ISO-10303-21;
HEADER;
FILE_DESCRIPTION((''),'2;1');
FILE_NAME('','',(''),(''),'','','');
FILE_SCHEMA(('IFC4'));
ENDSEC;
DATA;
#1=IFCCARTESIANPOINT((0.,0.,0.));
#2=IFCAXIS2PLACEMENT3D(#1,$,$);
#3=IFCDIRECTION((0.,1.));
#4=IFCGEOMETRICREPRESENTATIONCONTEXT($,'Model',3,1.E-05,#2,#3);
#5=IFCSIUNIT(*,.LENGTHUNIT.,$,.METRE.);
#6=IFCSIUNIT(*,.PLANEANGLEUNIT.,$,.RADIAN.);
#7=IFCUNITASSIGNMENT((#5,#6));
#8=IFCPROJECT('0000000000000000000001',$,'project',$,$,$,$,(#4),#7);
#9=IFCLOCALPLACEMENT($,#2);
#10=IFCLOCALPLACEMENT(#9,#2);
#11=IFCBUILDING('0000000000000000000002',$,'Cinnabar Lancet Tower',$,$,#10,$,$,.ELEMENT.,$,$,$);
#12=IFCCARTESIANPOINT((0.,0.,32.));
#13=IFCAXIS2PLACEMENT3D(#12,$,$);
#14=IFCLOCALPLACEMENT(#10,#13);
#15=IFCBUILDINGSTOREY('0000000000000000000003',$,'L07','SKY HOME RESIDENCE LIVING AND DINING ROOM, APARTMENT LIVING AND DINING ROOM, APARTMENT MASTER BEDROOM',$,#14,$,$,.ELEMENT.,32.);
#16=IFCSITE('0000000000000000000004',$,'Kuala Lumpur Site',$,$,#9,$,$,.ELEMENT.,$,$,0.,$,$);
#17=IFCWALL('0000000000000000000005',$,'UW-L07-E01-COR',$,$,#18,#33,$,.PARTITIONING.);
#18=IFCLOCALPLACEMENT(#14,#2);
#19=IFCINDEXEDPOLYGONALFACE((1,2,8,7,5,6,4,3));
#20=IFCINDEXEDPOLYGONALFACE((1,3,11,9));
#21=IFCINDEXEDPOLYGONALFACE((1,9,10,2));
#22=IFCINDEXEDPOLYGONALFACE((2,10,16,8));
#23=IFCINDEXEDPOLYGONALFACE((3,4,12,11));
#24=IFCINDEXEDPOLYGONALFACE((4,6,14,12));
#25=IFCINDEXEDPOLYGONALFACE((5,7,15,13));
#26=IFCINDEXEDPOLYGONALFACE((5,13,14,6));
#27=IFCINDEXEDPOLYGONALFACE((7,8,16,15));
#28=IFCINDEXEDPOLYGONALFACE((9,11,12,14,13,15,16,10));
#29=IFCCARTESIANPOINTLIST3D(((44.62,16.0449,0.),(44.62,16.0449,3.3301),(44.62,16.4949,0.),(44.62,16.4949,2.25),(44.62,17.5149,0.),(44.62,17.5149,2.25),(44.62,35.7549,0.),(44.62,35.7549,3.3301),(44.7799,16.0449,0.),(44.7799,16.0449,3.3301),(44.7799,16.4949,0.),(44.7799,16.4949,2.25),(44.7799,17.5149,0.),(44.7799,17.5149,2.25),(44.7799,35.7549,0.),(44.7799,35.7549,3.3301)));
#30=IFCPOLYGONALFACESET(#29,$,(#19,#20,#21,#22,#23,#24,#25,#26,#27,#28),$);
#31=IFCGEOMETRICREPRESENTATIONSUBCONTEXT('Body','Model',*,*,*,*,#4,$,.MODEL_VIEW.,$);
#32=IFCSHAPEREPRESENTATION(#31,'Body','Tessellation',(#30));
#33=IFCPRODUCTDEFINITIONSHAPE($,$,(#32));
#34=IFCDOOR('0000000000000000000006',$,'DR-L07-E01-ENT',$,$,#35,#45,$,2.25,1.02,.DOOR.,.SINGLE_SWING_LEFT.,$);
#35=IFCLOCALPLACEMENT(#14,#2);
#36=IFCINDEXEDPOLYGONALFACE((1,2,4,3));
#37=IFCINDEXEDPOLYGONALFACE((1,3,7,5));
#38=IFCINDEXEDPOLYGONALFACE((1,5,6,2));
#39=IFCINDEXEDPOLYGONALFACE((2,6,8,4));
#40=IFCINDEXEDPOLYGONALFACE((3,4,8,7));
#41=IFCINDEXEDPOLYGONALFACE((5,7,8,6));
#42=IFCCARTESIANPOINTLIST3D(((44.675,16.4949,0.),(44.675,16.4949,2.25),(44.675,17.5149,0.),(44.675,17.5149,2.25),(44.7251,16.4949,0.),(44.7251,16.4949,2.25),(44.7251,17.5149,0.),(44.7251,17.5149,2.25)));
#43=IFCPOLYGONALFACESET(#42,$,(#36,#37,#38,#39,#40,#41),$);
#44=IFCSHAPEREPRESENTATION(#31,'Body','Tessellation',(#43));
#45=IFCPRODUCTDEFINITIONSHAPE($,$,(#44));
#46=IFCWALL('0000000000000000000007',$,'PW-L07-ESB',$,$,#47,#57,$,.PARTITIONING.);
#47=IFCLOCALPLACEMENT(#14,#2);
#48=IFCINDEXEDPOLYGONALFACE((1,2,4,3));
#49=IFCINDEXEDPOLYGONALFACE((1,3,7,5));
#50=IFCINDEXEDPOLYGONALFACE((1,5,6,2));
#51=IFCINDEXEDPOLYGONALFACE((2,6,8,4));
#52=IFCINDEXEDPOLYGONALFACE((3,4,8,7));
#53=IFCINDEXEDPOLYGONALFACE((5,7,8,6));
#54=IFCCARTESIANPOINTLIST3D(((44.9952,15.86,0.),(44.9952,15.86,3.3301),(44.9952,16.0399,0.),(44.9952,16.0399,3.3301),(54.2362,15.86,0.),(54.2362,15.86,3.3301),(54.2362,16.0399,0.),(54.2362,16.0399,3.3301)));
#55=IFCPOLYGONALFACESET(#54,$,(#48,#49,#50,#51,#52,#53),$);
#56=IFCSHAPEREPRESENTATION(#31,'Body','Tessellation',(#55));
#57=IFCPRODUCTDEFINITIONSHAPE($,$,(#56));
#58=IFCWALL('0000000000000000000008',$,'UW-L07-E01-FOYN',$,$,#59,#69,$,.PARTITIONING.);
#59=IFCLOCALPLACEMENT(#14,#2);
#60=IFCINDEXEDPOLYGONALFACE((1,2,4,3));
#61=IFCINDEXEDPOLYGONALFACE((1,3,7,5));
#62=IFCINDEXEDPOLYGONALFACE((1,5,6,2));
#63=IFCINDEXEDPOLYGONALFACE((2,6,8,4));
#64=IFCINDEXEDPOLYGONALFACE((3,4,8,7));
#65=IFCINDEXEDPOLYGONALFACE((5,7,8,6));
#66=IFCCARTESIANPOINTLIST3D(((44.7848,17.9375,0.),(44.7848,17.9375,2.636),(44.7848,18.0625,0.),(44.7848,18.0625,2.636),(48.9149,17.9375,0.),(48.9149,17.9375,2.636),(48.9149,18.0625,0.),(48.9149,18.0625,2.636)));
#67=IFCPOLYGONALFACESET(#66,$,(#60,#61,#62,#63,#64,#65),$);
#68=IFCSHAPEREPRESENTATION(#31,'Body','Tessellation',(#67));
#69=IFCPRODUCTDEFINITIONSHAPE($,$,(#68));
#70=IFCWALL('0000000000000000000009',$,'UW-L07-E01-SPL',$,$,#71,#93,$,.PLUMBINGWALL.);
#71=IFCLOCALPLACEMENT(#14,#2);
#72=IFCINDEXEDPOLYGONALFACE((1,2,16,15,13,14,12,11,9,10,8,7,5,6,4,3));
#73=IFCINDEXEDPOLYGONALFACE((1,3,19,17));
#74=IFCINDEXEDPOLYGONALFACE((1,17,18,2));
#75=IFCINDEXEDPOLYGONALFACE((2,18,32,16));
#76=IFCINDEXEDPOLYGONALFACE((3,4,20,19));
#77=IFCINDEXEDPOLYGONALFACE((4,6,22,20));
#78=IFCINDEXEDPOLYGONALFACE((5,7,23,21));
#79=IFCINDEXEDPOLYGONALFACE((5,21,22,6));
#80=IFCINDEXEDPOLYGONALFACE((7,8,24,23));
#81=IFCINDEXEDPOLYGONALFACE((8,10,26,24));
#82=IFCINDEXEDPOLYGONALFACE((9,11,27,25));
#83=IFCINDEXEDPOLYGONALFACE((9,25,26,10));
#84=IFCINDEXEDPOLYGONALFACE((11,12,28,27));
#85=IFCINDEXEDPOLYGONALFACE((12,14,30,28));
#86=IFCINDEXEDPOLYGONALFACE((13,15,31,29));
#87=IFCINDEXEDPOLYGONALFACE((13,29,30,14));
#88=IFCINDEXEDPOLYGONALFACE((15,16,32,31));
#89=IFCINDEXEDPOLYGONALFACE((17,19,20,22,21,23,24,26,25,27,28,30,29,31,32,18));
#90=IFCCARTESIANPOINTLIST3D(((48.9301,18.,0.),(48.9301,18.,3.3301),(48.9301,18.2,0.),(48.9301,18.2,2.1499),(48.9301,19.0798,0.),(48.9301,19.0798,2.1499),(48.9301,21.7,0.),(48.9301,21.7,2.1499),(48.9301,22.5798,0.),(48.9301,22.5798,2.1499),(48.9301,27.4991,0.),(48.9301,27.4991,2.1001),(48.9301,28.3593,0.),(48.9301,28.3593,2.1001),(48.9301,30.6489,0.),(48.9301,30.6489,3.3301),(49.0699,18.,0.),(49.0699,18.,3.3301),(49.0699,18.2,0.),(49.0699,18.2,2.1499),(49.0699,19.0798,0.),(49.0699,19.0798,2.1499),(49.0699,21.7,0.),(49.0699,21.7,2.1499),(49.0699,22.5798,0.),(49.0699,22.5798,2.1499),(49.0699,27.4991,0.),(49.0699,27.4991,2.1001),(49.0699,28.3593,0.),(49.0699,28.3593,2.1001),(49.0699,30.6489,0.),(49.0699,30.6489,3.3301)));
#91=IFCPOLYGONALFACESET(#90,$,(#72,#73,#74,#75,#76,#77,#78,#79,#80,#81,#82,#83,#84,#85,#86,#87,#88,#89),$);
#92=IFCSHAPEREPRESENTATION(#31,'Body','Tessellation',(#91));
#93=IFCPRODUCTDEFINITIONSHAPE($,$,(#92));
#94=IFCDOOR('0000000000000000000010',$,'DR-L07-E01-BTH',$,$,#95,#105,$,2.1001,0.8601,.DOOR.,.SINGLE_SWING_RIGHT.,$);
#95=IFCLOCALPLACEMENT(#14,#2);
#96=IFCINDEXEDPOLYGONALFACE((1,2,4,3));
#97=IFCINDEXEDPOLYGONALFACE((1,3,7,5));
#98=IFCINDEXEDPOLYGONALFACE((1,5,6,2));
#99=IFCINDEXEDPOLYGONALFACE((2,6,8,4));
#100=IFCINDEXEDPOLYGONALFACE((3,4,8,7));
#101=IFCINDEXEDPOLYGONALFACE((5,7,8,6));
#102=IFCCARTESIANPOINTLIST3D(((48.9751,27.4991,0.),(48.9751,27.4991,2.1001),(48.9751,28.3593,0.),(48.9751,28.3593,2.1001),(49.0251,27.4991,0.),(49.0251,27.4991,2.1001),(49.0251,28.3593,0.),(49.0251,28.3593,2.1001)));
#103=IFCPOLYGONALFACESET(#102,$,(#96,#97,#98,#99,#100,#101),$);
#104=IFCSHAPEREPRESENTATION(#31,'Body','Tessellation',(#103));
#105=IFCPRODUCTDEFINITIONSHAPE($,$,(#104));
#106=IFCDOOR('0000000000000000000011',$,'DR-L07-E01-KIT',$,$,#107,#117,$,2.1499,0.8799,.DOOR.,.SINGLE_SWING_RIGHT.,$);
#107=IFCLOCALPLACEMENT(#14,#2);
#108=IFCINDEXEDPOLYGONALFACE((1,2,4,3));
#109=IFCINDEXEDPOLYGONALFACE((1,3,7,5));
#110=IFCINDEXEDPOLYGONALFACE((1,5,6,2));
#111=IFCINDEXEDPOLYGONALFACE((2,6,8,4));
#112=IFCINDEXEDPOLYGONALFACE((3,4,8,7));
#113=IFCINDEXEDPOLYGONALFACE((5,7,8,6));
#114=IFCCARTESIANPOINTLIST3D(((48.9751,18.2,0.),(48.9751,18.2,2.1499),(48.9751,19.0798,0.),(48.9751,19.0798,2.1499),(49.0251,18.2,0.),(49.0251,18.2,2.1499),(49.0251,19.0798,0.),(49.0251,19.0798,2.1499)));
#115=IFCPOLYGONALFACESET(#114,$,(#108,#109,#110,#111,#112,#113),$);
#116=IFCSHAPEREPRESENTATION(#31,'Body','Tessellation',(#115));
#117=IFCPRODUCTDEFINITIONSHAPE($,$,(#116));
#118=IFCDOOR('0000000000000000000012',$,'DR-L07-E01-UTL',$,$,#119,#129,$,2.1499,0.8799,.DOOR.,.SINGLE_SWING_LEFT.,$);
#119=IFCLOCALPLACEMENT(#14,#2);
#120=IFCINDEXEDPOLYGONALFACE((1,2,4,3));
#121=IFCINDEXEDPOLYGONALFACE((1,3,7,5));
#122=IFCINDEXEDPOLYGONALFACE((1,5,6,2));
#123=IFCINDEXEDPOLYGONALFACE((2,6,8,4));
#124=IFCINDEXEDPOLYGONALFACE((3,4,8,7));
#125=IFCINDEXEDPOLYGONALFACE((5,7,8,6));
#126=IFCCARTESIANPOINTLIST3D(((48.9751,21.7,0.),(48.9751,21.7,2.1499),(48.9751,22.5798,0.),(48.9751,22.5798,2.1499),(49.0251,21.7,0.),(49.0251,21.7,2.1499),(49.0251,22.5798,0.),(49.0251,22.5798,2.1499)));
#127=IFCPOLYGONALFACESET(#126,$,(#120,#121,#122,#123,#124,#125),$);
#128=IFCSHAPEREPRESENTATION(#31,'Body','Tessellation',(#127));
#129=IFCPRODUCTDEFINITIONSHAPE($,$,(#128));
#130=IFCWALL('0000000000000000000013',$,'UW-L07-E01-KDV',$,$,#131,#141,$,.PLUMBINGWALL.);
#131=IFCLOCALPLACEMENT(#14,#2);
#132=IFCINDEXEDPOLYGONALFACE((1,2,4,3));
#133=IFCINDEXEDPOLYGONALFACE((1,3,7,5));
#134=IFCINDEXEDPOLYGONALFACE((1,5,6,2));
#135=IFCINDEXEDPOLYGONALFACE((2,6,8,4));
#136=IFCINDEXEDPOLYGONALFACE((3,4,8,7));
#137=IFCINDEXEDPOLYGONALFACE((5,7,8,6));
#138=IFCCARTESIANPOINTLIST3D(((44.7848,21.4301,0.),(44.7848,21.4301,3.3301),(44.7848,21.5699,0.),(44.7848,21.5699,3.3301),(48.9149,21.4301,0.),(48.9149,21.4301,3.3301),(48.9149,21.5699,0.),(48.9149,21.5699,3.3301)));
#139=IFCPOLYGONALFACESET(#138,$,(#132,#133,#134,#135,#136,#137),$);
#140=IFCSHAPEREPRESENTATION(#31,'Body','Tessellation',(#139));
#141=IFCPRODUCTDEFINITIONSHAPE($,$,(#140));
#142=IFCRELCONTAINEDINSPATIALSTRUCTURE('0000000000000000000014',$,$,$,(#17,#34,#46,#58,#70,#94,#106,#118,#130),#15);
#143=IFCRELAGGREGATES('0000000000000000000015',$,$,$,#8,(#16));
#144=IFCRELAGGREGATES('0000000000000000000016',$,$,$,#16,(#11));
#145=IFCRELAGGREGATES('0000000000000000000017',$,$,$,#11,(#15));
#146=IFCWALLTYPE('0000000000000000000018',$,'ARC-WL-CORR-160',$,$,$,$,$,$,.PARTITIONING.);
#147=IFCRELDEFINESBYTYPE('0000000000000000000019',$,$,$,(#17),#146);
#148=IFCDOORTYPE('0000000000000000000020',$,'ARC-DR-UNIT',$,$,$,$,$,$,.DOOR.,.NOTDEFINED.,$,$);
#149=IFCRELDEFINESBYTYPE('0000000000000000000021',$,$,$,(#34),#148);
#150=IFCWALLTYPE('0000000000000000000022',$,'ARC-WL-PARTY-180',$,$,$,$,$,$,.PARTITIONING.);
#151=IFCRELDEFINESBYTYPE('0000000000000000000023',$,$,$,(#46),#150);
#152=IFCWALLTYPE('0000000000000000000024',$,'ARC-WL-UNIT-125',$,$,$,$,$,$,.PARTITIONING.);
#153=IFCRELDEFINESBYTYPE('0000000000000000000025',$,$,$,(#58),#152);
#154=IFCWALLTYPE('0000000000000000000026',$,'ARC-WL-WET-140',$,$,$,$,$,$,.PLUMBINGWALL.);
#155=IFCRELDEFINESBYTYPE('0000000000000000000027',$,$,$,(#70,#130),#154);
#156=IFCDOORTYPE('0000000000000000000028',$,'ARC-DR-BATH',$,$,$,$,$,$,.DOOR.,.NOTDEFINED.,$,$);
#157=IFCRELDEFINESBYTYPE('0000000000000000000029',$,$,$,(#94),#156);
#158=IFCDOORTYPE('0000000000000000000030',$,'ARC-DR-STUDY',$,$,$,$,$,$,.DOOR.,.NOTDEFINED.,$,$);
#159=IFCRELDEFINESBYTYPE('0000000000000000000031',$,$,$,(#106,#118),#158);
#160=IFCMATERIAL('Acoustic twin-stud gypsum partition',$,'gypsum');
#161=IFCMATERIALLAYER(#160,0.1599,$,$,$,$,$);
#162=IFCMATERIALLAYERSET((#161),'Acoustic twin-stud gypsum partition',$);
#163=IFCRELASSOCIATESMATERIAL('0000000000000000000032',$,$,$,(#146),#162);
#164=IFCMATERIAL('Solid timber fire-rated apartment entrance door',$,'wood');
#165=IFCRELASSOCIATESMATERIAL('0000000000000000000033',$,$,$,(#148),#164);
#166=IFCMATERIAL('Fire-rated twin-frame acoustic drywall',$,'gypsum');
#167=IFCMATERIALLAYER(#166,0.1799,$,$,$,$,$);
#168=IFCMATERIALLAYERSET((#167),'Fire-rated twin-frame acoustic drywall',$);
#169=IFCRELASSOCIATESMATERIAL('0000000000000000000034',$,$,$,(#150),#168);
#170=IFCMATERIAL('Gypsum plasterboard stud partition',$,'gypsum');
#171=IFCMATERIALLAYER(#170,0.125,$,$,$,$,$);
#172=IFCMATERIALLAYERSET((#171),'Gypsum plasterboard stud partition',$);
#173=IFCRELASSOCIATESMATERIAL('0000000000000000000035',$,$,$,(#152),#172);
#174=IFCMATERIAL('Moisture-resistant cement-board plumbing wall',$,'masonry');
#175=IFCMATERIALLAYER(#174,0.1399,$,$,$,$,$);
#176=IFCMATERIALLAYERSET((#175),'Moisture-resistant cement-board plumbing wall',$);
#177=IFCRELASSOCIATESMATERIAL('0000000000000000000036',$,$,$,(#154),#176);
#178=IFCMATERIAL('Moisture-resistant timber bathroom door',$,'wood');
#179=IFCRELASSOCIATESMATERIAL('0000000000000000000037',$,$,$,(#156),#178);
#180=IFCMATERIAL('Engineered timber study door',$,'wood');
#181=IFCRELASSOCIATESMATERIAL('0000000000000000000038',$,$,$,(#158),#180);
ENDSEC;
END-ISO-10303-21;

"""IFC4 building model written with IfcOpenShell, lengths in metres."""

from ifc_helpers import new_model, si_unit, direction, frame, frame_2d, origin, place, context, subcontext, project, spatial, rectangle, extrude, material, layer, layer_set, type_object, element, fill, save


model = new_model("IFC4")

# Units and contexts
model_context = context("Model", 3, precision=1e-05, world=origin(), true_north=direction((0.0, 1.0)))
body_context = subcontext(model_context, "Body", "Model", "MODEL_VIEW")
ifc_project = project(units=[si_unit("LENGTHUNIT", "METRE"), si_unit("PLANEANGLEUNIT", "RADIAN")], contexts=[model_context])

# Site, building, storey
site_placement = place(None, origin())
site = spatial("IfcSite", under=ifc_project, at=site_placement, Name="Kuala Lumpur Site", CompositionType="ELEMENT", RefElevation=0.0)
building_placement = place(site_placement, origin())
building = spatial("IfcBuilding", under=site, at=building_placement, Name="Cinnabar Lancet Tower", CompositionType="ELEMENT")
storey_placement = place(building_placement, frame((0.0, 0.0, 32.0)))
storey = spatial("IfcBuildingStorey", under=building, at=storey_placement, Name="L07", Description="SKY HOME RESIDENCE LIVING AND DINING ROOM, APARTMENT LIVING AND DINING ROOM, APARTMENT MASTER BEDROOM", CompositionType="ELEMENT", Elevation=32.0)

# Wall, opening, door
ifc_material_1 = material(Name="Acoustic twin-stud gypsum partition", Category="gypsum")
ifc_layer_1 = layer(ifc_material_1, 0.1599)
ifc_layer_set_1 = layer_set([ifc_layer_1], Name="Acoustic twin-stud gypsum partition")
wall_type_1 = type_object("IfcWallType", Name="ARC-WL-CORR-160", PredefinedType="PARTITIONING", material=ifc_layer_set_1)
wall_1_placement = place(storey_placement, frame((44.7, 16.0449, 0.0), z_axis=(0.0, 0.0, 1.0), x_axis=(0.0, 1.0, 0.0)))
wall_1 = element("IfcWall", 1, at=wall_1_placement, inside=storey, type_object=wall_type_1, Name="UW-L07-E01-COR", PredefinedType="PARTITIONING", context=body_context, shape_type="SweptSolid", body=[
    extrude(rectangle(XDim=19.71, YDim=0.1599, at=frame_2d((9.855, 0.0))), origin(), (0.0, 0.0, 1.0), 3.3301),
])
opening_1_placement = place(wall_1_placement, frame((0.45, 0.0, 0.0)))
opening_1 = element("IfcOpeningElement", 2, at=opening_1_placement, cuts=wall_1, PredefinedType="OPENING", context=body_context, shape_type="SweptSolid", body=[
    extrude(rectangle(XDim=1.02, YDim=2.25, at=frame_2d((0.51, 1.125))), frame((0.0, 0.0898, 0.0), z_axis=(0.0, -1.0, 0.0), x_axis=(1.0, 0.0, 0.0)), (0.0, 0.0, 1.0), 0.1799),
])
ifc_material_2 = material(Name="Solid timber fire-rated apartment entrance door", Category="wood")
door_type_1 = type_object("IfcDoorType", Name="ARC-DR-UNIT", OperationType="NOTDEFINED", PredefinedType="DOOR", material=ifc_material_2)
door_1_placement = place(opening_1_placement, origin())
door_1 = element("IfcDoor", 3, at=door_1_placement, inside=storey, type_object=door_type_1, Name="DR-L07-E01-ENT", OperationType="SINGLE_SWING_LEFT", OverallHeight=2.25, OverallWidth=1.02, PredefinedType="DOOR", context=body_context, shape_type="SweptSolid", body=[
    extrude(rectangle(XDim=1.02, YDim=2.25, at=frame_2d((0.51, 1.125))), frame((0.0, 0.0249, 0.0), z_axis=(0.0, -1.0, 0.0), x_axis=(1.0, 0.0, 0.0)), (0.0, 0.0, 1.0), 0.05),
])
fill(opening_1, door_1)

# Walls
ifc_material_3 = material(Name="Fire-rated twin-frame acoustic drywall", Category="gypsum")
ifc_layer_2 = layer(ifc_material_3, 0.1799)
ifc_layer_set_2 = layer_set([ifc_layer_2], Name="Fire-rated twin-frame acoustic drywall")
wall_type_2 = type_object("IfcWallType", Name="ARC-WL-PARTY-180", PredefinedType="PARTITIONING", material=ifc_layer_set_2)
wall_2_placement = place(storey_placement, frame((44.9951, 15.95, 0.0), z_axis=(0.0, 0.0, 1.0), x_axis=(1.0, 0.0, 0.0)))
element("IfcWall", 4, at=wall_2_placement, inside=storey, type_object=wall_type_2, Name="PW-L07-ESB", PredefinedType="PARTITIONING", context=body_context, shape_type="SweptSolid", body=[
    extrude(rectangle(XDim=9.241, YDim=0.1799, at=frame_2d((4.6206, 0.0))), origin(), (0.0, 0.0, 1.0), 3.3301),
])
ifc_material_4 = material(Name="Gypsum plasterboard stud partition", Category="gypsum")
ifc_layer_3 = layer(ifc_material_4, 0.125)
ifc_layer_set_3 = layer_set([ifc_layer_3], Name="Gypsum plasterboard stud partition")
wall_type_3 = type_object("IfcWallType", Name="ARC-WL-UNIT-125", PredefinedType="PARTITIONING", material=ifc_layer_set_3)
wall_3_placement = place(storey_placement, frame((44.7849, 18.0, 0.0), z_axis=(0.0, 0.0, 1.0), x_axis=(1.0, 0.0, 0.0)))
element("IfcWall", 5, at=wall_3_placement, inside=storey, type_object=wall_type_3, Name="UW-L07-E01-FOYN", PredefinedType="PARTITIONING", context=body_context, shape_type="SweptSolid", body=[
    extrude(rectangle(XDim=4.1301, YDim=0.125, at=frame_2d((2.0649, 0.0))), origin(), (0.0, 0.0, 1.0), 2.636),
])

# Wall, openings, doors
ifc_material_5 = material(Name="Moisture-resistant cement-board plumbing wall", Category="masonry")
ifc_layer_4 = layer(ifc_material_5, 0.1399)
ifc_layer_set_4 = layer_set([ifc_layer_4], Name="Moisture-resistant cement-board plumbing wall")
wall_type_4 = type_object("IfcWallType", Name="ARC-WL-WET-140", PredefinedType="PLUMBINGWALL", material=ifc_layer_set_4)
wall_4_placement = place(storey_placement, frame((49.0, 18.0, 0.0), z_axis=(0.0, 0.0, 1.0), x_axis=(0.0, 1.0, 0.0)))
wall_4 = element("IfcWall", 6, at=wall_4_placement, inside=storey, type_object=wall_type_4, Name="UW-L07-E01-SPL", PredefinedType="PLUMBINGWALL", context=body_context, shape_type="SweptSolid", body=[
    extrude(rectangle(XDim=12.6489, YDim=0.1399, at=frame_2d((6.3245, 0.0))), origin(), (0.0, 0.0, 1.0), 3.3301),
])
opening_2_placement = place(wall_4_placement, frame((0.2, 0.0, 0.0)))
opening_2 = element("IfcOpeningElement", 7, at=opening_2_placement, cuts=wall_4, PredefinedType="OPENING", context=body_context, shape_type="SweptSolid", body=[
    extrude(rectangle(XDim=0.8799, YDim=2.1499, at=frame_2d((0.4399, 1.075))), frame((0.0, 0.0798, 0.0), z_axis=(0.0, -1.0, 0.0), x_axis=(1.0, 0.0, 0.0)), (0.0, 0.0, 1.0), 0.1599),
])
opening_3_placement = place(wall_4_placement, frame((3.7, 0.0, 0.0)))
opening_3 = element("IfcOpeningElement", 8, at=opening_3_placement, cuts=wall_4, PredefinedType="OPENING", context=body_context, shape_type="SweptSolid", body=[
    extrude(rectangle(XDim=0.8799, YDim=2.1499, at=frame_2d((0.4399, 1.075))), frame((0.0, 0.0798, 0.0), z_axis=(0.0, -1.0, 0.0), x_axis=(1.0, 0.0, 0.0)), (0.0, 0.0, 1.0), 0.1599),
])
opening_4_placement = place(wall_4_placement, frame((9.499, 0.0, 0.0)))
opening_4 = element("IfcOpeningElement", 9, at=opening_4_placement, cuts=wall_4, PredefinedType="OPENING", context=body_context, shape_type="SweptSolid", body=[
    extrude(rectangle(XDim=0.8601, YDim=2.1001, at=frame_2d((0.4302, 1.05))), frame((0.0, 0.0798, 0.0), z_axis=(0.0, -1.0, 0.0), x_axis=(1.0, 0.0, 0.0)), (0.0, 0.0, 1.0), 0.1599),
])
ifc_material_6 = material(Name="Moisture-resistant timber bathroom door", Category="wood")
door_type_2 = type_object("IfcDoorType", Name="ARC-DR-BATH", OperationType="NOTDEFINED", PredefinedType="DOOR", material=ifc_material_6)
door_2_placement = place(opening_4_placement, origin())
door_2 = element("IfcDoor", 10, at=door_2_placement, inside=storey, type_object=door_type_2, Name="DR-L07-E01-BTH", OperationType="SINGLE_SWING_RIGHT", OverallHeight=2.1001, OverallWidth=0.8601, PredefinedType="DOOR", context=body_context, shape_type="SweptSolid", body=[
    extrude(rectangle(XDim=0.8601, YDim=2.1001, at=frame_2d((0.4302, 1.05))), frame((0.0, 0.0249, 0.0), z_axis=(0.0, -1.0, 0.0), x_axis=(1.0, 0.0, 0.0)), (0.0, 0.0, 1.0), 0.05),
])
fill(opening_4, door_2)
ifc_material_7 = material(Name="Engineered timber study door", Category="wood")
door_type_3 = type_object("IfcDoorType", Name="ARC-DR-STUDY", OperationType="NOTDEFINED", PredefinedType="DOOR", material=ifc_material_7)
door_3_placement = place(opening_2_placement, origin())
door_3 = element("IfcDoor", 11, at=door_3_placement, inside=storey, type_object=door_type_3, Name="DR-L07-E01-KIT", OperationType="SINGLE_SWING_RIGHT", OverallHeight=2.1499, OverallWidth=0.8799, PredefinedType="DOOR", context=body_context, shape_type="SweptSolid", body=[
    extrude(rectangle(XDim=0.8799, YDim=2.1499, at=frame_2d((0.4399, 1.075))), frame((0.0, 0.0249, 0.0), z_axis=(0.0, -1.0, 0.0), x_axis=(1.0, 0.0, 0.0)), (0.0, 0.0, 1.0), 0.05),
])
fill(opening_2, door_3)
door_4_placement = place(opening_3_placement, origin())
door_4 = element("IfcDoor", 12, at=door_4_placement, inside=storey, type_object=door_type_3, Name="DR-L07-E01-UTL", OperationType="SINGLE_SWING_LEFT", OverallHeight=2.1499, OverallWidth=0.8799, PredefinedType="DOOR", context=body_context, shape_type="SweptSolid", body=[
    extrude(rectangle(XDim=0.8799, YDim=2.1499, at=frame_2d((0.4399, 1.075))), frame((0.0, 0.0249, 0.0), z_axis=(0.0, -1.0, 0.0), x_axis=(1.0, 0.0, 0.0)), (0.0, 0.0, 1.0), 0.05),
])
fill(opening_3, door_4)

# Wall
wall_5_placement = place(storey_placement, frame((44.7849, 21.5, 0.0), z_axis=(0.0, 0.0, 1.0), x_axis=(1.0, 0.0, 0.0)))
element("IfcWall", 13, at=wall_5_placement, inside=storey, type_object=wall_type_4, Name="UW-L07-E01-KDV", PredefinedType="PLUMBINGWALL", context=body_context, shape_type="SweptSolid", body=[
    extrude(rectangle(XDim=4.1301, YDim=0.1399, at=frame_2d((2.0649, 0.0))), origin(), (0.0, 0.0, 1.0), 3.3301),
])

save(model, "model.ifc")
